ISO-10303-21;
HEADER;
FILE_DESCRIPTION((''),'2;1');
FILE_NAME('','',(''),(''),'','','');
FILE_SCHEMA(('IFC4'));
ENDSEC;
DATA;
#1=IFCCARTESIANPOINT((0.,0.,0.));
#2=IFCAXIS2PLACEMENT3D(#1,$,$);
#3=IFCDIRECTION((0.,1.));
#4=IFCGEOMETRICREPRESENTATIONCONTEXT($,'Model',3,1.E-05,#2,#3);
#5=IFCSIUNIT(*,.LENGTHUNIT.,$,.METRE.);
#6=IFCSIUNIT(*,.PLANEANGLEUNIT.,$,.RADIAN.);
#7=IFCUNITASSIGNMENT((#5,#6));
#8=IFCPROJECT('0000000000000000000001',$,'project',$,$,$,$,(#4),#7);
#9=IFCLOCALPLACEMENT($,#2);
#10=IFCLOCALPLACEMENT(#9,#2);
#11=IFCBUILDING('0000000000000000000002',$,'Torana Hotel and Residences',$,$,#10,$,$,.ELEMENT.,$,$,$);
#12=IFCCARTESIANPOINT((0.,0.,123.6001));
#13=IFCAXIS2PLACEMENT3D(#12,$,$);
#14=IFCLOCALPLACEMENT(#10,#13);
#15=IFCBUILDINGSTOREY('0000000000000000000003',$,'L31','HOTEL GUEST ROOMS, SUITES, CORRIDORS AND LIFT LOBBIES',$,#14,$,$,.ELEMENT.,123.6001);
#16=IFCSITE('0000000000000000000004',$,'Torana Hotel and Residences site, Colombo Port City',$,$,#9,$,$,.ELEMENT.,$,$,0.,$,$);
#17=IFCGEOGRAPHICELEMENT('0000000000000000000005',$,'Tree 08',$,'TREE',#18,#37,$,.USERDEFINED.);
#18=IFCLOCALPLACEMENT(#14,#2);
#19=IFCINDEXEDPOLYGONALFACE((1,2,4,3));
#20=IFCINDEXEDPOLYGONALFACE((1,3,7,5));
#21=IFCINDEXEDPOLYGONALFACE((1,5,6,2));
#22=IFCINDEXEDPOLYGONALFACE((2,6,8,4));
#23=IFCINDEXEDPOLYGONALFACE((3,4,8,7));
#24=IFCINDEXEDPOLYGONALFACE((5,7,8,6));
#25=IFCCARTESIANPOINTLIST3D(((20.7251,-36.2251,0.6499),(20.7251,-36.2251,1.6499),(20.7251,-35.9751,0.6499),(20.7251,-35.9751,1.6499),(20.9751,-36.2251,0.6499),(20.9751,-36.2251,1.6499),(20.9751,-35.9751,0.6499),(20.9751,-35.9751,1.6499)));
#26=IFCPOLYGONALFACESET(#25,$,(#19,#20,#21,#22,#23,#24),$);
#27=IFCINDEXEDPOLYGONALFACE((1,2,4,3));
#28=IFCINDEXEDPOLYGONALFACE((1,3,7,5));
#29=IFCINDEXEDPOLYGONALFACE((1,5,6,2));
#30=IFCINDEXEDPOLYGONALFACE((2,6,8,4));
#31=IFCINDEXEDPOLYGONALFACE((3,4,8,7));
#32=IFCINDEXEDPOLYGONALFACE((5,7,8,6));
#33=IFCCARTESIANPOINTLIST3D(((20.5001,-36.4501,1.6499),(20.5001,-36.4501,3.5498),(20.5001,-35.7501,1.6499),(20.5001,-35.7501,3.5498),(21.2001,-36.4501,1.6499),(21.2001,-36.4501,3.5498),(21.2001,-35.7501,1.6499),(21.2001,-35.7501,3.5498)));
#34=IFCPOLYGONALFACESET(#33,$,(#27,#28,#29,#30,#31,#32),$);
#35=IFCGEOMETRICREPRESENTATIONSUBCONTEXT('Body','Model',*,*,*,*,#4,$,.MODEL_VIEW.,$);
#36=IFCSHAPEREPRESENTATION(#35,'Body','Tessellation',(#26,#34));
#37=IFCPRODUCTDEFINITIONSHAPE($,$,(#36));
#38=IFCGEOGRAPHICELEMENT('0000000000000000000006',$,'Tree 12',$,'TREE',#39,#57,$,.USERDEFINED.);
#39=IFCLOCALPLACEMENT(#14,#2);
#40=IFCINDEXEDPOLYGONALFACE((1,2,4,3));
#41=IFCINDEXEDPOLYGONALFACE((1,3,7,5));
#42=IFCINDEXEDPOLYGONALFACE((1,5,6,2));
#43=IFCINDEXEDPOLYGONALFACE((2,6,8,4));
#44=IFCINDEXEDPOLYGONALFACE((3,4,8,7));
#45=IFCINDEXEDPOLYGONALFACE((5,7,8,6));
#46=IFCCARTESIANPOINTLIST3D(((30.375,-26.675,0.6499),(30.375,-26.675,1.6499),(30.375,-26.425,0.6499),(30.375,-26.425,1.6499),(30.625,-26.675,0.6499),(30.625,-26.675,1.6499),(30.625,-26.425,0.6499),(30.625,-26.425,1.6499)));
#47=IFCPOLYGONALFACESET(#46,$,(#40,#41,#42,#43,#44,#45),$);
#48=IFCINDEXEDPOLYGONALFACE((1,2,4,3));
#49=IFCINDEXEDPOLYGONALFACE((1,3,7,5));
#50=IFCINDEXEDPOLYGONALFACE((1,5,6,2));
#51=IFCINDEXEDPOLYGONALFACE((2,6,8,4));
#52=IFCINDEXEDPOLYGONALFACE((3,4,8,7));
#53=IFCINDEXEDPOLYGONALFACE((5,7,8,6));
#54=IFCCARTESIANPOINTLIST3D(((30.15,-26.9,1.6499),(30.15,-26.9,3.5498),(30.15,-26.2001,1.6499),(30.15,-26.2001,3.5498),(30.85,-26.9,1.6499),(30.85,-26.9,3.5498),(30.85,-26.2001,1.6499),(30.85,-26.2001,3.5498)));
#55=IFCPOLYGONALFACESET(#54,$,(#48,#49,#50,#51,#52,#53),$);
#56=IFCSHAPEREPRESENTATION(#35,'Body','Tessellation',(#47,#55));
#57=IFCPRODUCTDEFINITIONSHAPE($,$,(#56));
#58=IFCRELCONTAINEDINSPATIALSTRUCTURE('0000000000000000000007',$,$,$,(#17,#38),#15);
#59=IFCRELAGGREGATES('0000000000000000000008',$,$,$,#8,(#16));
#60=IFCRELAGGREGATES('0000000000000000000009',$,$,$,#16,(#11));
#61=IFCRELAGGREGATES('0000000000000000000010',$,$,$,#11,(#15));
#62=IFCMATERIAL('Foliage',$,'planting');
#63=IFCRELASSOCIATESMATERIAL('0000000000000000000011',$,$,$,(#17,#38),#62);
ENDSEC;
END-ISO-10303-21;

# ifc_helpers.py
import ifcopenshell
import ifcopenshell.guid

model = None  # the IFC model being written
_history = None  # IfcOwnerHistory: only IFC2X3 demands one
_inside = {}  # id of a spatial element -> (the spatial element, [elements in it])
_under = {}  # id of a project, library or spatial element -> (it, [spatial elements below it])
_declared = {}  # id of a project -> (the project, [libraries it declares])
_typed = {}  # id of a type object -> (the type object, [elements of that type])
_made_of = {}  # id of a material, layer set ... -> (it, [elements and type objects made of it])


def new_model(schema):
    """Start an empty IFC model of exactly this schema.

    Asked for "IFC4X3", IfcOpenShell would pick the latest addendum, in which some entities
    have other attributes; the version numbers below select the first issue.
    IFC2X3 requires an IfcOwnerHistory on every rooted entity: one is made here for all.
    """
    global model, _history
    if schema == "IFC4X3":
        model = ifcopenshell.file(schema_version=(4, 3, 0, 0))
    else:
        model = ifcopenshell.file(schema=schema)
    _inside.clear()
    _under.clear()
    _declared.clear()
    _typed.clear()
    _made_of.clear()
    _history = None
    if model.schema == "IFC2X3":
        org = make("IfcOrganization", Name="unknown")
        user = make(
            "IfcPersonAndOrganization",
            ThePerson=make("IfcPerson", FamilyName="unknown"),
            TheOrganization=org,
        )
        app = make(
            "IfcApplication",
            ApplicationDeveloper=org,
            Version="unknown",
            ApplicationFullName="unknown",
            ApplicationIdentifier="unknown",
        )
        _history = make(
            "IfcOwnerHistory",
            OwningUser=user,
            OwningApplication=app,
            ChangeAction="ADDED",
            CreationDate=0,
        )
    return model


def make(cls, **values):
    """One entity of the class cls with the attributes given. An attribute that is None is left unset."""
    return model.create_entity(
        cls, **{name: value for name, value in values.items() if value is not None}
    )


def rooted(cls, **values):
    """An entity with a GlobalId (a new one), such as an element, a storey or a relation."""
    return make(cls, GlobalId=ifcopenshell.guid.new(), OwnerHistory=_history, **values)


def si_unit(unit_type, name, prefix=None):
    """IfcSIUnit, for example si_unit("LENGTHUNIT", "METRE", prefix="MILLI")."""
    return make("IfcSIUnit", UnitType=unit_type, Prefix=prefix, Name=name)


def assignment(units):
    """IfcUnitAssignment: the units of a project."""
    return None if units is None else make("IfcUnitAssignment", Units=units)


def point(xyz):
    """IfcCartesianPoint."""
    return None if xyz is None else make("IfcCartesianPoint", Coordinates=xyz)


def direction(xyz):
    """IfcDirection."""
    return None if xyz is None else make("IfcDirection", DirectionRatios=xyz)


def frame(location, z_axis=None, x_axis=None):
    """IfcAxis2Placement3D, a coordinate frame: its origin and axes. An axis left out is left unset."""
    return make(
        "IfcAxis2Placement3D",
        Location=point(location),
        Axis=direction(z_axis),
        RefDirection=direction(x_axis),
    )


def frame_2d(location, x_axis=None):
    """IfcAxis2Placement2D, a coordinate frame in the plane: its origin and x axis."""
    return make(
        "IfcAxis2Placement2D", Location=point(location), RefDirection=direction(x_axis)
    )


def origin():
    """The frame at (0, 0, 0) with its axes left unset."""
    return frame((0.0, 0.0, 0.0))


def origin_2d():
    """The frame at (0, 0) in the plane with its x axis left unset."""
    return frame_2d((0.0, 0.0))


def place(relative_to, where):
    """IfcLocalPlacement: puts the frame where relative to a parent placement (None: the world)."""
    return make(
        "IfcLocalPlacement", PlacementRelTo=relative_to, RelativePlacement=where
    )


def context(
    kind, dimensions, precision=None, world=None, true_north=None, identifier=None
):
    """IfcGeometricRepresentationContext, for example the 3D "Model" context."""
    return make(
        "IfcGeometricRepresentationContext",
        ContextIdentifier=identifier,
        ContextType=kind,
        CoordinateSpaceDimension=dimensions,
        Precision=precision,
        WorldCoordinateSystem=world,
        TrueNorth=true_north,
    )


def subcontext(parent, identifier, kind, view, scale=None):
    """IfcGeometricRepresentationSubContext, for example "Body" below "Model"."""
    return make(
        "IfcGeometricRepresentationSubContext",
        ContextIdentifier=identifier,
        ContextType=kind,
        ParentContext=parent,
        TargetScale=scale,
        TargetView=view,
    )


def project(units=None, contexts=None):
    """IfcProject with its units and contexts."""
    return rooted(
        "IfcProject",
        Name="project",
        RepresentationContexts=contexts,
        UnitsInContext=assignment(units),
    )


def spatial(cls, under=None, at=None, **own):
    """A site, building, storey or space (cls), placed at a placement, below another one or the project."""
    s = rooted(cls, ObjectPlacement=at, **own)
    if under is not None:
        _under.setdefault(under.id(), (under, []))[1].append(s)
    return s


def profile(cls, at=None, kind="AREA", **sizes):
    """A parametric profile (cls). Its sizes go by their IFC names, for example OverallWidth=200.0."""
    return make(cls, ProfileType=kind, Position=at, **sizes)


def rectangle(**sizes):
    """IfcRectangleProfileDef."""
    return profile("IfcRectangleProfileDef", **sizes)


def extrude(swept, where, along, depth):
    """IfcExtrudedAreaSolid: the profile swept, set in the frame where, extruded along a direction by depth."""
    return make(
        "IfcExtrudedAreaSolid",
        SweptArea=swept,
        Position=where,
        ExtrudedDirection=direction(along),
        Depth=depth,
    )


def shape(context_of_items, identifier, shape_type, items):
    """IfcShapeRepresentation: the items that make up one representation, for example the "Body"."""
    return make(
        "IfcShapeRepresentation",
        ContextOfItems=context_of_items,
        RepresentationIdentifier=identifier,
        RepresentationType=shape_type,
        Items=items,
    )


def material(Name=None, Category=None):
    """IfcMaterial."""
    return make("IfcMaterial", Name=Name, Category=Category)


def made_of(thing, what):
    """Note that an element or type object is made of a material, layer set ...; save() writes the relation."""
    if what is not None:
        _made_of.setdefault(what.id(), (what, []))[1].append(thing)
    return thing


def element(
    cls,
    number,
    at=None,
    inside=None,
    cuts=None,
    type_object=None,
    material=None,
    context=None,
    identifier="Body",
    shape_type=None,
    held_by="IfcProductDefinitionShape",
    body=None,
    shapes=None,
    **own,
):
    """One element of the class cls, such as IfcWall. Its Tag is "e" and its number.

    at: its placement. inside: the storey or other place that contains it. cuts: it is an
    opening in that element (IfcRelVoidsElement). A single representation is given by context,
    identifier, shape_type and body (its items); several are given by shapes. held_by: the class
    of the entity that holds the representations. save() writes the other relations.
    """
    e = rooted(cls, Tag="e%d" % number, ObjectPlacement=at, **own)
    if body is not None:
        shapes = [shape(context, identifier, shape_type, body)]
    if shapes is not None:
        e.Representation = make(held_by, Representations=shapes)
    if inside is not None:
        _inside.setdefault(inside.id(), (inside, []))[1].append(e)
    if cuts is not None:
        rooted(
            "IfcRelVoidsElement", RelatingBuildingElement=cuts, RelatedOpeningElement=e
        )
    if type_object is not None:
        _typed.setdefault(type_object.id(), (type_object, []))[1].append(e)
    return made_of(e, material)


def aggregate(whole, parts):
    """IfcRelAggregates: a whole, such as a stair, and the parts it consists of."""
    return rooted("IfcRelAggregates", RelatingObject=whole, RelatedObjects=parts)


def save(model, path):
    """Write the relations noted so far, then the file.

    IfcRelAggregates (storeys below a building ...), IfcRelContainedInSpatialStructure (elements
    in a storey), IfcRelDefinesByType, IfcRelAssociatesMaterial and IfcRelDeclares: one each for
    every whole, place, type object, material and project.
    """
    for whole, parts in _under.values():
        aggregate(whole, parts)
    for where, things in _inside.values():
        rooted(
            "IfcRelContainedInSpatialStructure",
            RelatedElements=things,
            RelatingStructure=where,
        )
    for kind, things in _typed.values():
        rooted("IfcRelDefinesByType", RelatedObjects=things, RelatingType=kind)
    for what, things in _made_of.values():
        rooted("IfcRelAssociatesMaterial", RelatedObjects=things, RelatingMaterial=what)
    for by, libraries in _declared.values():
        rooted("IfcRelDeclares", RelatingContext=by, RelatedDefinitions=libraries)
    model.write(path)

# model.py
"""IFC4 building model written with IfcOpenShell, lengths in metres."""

from ifc_helpers import new_model, si_unit, direction, frame, origin, origin_2d, place, context, subcontext, project, spatial, rectangle, extrude, material, element, save


model = new_model("IFC4")

# Units and contexts
model_context = context("Model", 3, precision=1e-05, world=origin(), true_north=direction((0.0, 1.0)))
body_context = subcontext(model_context, "Body", "Model", "MODEL_VIEW")
ifc_project = project(units=[si_unit("LENGTHUNIT", "METRE"), si_unit("PLANEANGLEUNIT", "RADIAN")], contexts=[model_context])

# Site, building, storey
site_placement = place(None, origin())
site = spatial("IfcSite", under=ifc_project, at=site_placement, Name="Torana Hotel and Residences site, Colombo Port City", CompositionType="ELEMENT", RefElevation=0.0)
building_placement = place(site_placement, origin())
building = spatial("IfcBuilding", under=site, at=building_placement, Name="Torana Hotel and Residences", CompositionType="ELEMENT")
storey_placement = place(building_placement, frame((0.0, 0.0, 123.6001)))
storey = spatial("IfcBuildingStorey", under=building, at=storey_placement, Name="L31", Description="HOTEL GUEST ROOMS, SUITES, CORRIDORS AND LIFT LOBBIES", CompositionType="ELEMENT", Elevation=123.6001)

# Geographic elements
ifc_material_1 = material(Name="Foliage", Category="planting")
for number, where, z_axis, x_axis, name in (
    (1, (20.8501, -36.1001, 0.6499), (0.0, 0.0, 1.0), (1.0, 0.0, 0.0), "Tree 08"),
    (2, (30.5, -26.55, 0.6499), (0.0, 0.0, 1.0), (1.0, 0.0, 0.0), "Tree 12"),
):
    element("IfcGeographicElement", number, at=place(storey_placement, frame(where, z_axis=z_axis, x_axis=x_axis)), inside=storey, material=ifc_material_1, Name=name, ObjectType="TREE", PredefinedType="USERDEFINED", context=body_context, shape_type="SweptSolid", body=[
        extrude(rectangle(XDim=0.25, YDim=0.25, at=origin_2d()), origin(), (0.0, 0.0, 1.0), 1.0),
        extrude(rectangle(XDim=0.7, YDim=0.7, at=origin_2d()), frame((0.0, 0.0, 1.0)), (0.0, 0.0, 1.0), 1.8999),
    ])

save(model, "model.ifc")
